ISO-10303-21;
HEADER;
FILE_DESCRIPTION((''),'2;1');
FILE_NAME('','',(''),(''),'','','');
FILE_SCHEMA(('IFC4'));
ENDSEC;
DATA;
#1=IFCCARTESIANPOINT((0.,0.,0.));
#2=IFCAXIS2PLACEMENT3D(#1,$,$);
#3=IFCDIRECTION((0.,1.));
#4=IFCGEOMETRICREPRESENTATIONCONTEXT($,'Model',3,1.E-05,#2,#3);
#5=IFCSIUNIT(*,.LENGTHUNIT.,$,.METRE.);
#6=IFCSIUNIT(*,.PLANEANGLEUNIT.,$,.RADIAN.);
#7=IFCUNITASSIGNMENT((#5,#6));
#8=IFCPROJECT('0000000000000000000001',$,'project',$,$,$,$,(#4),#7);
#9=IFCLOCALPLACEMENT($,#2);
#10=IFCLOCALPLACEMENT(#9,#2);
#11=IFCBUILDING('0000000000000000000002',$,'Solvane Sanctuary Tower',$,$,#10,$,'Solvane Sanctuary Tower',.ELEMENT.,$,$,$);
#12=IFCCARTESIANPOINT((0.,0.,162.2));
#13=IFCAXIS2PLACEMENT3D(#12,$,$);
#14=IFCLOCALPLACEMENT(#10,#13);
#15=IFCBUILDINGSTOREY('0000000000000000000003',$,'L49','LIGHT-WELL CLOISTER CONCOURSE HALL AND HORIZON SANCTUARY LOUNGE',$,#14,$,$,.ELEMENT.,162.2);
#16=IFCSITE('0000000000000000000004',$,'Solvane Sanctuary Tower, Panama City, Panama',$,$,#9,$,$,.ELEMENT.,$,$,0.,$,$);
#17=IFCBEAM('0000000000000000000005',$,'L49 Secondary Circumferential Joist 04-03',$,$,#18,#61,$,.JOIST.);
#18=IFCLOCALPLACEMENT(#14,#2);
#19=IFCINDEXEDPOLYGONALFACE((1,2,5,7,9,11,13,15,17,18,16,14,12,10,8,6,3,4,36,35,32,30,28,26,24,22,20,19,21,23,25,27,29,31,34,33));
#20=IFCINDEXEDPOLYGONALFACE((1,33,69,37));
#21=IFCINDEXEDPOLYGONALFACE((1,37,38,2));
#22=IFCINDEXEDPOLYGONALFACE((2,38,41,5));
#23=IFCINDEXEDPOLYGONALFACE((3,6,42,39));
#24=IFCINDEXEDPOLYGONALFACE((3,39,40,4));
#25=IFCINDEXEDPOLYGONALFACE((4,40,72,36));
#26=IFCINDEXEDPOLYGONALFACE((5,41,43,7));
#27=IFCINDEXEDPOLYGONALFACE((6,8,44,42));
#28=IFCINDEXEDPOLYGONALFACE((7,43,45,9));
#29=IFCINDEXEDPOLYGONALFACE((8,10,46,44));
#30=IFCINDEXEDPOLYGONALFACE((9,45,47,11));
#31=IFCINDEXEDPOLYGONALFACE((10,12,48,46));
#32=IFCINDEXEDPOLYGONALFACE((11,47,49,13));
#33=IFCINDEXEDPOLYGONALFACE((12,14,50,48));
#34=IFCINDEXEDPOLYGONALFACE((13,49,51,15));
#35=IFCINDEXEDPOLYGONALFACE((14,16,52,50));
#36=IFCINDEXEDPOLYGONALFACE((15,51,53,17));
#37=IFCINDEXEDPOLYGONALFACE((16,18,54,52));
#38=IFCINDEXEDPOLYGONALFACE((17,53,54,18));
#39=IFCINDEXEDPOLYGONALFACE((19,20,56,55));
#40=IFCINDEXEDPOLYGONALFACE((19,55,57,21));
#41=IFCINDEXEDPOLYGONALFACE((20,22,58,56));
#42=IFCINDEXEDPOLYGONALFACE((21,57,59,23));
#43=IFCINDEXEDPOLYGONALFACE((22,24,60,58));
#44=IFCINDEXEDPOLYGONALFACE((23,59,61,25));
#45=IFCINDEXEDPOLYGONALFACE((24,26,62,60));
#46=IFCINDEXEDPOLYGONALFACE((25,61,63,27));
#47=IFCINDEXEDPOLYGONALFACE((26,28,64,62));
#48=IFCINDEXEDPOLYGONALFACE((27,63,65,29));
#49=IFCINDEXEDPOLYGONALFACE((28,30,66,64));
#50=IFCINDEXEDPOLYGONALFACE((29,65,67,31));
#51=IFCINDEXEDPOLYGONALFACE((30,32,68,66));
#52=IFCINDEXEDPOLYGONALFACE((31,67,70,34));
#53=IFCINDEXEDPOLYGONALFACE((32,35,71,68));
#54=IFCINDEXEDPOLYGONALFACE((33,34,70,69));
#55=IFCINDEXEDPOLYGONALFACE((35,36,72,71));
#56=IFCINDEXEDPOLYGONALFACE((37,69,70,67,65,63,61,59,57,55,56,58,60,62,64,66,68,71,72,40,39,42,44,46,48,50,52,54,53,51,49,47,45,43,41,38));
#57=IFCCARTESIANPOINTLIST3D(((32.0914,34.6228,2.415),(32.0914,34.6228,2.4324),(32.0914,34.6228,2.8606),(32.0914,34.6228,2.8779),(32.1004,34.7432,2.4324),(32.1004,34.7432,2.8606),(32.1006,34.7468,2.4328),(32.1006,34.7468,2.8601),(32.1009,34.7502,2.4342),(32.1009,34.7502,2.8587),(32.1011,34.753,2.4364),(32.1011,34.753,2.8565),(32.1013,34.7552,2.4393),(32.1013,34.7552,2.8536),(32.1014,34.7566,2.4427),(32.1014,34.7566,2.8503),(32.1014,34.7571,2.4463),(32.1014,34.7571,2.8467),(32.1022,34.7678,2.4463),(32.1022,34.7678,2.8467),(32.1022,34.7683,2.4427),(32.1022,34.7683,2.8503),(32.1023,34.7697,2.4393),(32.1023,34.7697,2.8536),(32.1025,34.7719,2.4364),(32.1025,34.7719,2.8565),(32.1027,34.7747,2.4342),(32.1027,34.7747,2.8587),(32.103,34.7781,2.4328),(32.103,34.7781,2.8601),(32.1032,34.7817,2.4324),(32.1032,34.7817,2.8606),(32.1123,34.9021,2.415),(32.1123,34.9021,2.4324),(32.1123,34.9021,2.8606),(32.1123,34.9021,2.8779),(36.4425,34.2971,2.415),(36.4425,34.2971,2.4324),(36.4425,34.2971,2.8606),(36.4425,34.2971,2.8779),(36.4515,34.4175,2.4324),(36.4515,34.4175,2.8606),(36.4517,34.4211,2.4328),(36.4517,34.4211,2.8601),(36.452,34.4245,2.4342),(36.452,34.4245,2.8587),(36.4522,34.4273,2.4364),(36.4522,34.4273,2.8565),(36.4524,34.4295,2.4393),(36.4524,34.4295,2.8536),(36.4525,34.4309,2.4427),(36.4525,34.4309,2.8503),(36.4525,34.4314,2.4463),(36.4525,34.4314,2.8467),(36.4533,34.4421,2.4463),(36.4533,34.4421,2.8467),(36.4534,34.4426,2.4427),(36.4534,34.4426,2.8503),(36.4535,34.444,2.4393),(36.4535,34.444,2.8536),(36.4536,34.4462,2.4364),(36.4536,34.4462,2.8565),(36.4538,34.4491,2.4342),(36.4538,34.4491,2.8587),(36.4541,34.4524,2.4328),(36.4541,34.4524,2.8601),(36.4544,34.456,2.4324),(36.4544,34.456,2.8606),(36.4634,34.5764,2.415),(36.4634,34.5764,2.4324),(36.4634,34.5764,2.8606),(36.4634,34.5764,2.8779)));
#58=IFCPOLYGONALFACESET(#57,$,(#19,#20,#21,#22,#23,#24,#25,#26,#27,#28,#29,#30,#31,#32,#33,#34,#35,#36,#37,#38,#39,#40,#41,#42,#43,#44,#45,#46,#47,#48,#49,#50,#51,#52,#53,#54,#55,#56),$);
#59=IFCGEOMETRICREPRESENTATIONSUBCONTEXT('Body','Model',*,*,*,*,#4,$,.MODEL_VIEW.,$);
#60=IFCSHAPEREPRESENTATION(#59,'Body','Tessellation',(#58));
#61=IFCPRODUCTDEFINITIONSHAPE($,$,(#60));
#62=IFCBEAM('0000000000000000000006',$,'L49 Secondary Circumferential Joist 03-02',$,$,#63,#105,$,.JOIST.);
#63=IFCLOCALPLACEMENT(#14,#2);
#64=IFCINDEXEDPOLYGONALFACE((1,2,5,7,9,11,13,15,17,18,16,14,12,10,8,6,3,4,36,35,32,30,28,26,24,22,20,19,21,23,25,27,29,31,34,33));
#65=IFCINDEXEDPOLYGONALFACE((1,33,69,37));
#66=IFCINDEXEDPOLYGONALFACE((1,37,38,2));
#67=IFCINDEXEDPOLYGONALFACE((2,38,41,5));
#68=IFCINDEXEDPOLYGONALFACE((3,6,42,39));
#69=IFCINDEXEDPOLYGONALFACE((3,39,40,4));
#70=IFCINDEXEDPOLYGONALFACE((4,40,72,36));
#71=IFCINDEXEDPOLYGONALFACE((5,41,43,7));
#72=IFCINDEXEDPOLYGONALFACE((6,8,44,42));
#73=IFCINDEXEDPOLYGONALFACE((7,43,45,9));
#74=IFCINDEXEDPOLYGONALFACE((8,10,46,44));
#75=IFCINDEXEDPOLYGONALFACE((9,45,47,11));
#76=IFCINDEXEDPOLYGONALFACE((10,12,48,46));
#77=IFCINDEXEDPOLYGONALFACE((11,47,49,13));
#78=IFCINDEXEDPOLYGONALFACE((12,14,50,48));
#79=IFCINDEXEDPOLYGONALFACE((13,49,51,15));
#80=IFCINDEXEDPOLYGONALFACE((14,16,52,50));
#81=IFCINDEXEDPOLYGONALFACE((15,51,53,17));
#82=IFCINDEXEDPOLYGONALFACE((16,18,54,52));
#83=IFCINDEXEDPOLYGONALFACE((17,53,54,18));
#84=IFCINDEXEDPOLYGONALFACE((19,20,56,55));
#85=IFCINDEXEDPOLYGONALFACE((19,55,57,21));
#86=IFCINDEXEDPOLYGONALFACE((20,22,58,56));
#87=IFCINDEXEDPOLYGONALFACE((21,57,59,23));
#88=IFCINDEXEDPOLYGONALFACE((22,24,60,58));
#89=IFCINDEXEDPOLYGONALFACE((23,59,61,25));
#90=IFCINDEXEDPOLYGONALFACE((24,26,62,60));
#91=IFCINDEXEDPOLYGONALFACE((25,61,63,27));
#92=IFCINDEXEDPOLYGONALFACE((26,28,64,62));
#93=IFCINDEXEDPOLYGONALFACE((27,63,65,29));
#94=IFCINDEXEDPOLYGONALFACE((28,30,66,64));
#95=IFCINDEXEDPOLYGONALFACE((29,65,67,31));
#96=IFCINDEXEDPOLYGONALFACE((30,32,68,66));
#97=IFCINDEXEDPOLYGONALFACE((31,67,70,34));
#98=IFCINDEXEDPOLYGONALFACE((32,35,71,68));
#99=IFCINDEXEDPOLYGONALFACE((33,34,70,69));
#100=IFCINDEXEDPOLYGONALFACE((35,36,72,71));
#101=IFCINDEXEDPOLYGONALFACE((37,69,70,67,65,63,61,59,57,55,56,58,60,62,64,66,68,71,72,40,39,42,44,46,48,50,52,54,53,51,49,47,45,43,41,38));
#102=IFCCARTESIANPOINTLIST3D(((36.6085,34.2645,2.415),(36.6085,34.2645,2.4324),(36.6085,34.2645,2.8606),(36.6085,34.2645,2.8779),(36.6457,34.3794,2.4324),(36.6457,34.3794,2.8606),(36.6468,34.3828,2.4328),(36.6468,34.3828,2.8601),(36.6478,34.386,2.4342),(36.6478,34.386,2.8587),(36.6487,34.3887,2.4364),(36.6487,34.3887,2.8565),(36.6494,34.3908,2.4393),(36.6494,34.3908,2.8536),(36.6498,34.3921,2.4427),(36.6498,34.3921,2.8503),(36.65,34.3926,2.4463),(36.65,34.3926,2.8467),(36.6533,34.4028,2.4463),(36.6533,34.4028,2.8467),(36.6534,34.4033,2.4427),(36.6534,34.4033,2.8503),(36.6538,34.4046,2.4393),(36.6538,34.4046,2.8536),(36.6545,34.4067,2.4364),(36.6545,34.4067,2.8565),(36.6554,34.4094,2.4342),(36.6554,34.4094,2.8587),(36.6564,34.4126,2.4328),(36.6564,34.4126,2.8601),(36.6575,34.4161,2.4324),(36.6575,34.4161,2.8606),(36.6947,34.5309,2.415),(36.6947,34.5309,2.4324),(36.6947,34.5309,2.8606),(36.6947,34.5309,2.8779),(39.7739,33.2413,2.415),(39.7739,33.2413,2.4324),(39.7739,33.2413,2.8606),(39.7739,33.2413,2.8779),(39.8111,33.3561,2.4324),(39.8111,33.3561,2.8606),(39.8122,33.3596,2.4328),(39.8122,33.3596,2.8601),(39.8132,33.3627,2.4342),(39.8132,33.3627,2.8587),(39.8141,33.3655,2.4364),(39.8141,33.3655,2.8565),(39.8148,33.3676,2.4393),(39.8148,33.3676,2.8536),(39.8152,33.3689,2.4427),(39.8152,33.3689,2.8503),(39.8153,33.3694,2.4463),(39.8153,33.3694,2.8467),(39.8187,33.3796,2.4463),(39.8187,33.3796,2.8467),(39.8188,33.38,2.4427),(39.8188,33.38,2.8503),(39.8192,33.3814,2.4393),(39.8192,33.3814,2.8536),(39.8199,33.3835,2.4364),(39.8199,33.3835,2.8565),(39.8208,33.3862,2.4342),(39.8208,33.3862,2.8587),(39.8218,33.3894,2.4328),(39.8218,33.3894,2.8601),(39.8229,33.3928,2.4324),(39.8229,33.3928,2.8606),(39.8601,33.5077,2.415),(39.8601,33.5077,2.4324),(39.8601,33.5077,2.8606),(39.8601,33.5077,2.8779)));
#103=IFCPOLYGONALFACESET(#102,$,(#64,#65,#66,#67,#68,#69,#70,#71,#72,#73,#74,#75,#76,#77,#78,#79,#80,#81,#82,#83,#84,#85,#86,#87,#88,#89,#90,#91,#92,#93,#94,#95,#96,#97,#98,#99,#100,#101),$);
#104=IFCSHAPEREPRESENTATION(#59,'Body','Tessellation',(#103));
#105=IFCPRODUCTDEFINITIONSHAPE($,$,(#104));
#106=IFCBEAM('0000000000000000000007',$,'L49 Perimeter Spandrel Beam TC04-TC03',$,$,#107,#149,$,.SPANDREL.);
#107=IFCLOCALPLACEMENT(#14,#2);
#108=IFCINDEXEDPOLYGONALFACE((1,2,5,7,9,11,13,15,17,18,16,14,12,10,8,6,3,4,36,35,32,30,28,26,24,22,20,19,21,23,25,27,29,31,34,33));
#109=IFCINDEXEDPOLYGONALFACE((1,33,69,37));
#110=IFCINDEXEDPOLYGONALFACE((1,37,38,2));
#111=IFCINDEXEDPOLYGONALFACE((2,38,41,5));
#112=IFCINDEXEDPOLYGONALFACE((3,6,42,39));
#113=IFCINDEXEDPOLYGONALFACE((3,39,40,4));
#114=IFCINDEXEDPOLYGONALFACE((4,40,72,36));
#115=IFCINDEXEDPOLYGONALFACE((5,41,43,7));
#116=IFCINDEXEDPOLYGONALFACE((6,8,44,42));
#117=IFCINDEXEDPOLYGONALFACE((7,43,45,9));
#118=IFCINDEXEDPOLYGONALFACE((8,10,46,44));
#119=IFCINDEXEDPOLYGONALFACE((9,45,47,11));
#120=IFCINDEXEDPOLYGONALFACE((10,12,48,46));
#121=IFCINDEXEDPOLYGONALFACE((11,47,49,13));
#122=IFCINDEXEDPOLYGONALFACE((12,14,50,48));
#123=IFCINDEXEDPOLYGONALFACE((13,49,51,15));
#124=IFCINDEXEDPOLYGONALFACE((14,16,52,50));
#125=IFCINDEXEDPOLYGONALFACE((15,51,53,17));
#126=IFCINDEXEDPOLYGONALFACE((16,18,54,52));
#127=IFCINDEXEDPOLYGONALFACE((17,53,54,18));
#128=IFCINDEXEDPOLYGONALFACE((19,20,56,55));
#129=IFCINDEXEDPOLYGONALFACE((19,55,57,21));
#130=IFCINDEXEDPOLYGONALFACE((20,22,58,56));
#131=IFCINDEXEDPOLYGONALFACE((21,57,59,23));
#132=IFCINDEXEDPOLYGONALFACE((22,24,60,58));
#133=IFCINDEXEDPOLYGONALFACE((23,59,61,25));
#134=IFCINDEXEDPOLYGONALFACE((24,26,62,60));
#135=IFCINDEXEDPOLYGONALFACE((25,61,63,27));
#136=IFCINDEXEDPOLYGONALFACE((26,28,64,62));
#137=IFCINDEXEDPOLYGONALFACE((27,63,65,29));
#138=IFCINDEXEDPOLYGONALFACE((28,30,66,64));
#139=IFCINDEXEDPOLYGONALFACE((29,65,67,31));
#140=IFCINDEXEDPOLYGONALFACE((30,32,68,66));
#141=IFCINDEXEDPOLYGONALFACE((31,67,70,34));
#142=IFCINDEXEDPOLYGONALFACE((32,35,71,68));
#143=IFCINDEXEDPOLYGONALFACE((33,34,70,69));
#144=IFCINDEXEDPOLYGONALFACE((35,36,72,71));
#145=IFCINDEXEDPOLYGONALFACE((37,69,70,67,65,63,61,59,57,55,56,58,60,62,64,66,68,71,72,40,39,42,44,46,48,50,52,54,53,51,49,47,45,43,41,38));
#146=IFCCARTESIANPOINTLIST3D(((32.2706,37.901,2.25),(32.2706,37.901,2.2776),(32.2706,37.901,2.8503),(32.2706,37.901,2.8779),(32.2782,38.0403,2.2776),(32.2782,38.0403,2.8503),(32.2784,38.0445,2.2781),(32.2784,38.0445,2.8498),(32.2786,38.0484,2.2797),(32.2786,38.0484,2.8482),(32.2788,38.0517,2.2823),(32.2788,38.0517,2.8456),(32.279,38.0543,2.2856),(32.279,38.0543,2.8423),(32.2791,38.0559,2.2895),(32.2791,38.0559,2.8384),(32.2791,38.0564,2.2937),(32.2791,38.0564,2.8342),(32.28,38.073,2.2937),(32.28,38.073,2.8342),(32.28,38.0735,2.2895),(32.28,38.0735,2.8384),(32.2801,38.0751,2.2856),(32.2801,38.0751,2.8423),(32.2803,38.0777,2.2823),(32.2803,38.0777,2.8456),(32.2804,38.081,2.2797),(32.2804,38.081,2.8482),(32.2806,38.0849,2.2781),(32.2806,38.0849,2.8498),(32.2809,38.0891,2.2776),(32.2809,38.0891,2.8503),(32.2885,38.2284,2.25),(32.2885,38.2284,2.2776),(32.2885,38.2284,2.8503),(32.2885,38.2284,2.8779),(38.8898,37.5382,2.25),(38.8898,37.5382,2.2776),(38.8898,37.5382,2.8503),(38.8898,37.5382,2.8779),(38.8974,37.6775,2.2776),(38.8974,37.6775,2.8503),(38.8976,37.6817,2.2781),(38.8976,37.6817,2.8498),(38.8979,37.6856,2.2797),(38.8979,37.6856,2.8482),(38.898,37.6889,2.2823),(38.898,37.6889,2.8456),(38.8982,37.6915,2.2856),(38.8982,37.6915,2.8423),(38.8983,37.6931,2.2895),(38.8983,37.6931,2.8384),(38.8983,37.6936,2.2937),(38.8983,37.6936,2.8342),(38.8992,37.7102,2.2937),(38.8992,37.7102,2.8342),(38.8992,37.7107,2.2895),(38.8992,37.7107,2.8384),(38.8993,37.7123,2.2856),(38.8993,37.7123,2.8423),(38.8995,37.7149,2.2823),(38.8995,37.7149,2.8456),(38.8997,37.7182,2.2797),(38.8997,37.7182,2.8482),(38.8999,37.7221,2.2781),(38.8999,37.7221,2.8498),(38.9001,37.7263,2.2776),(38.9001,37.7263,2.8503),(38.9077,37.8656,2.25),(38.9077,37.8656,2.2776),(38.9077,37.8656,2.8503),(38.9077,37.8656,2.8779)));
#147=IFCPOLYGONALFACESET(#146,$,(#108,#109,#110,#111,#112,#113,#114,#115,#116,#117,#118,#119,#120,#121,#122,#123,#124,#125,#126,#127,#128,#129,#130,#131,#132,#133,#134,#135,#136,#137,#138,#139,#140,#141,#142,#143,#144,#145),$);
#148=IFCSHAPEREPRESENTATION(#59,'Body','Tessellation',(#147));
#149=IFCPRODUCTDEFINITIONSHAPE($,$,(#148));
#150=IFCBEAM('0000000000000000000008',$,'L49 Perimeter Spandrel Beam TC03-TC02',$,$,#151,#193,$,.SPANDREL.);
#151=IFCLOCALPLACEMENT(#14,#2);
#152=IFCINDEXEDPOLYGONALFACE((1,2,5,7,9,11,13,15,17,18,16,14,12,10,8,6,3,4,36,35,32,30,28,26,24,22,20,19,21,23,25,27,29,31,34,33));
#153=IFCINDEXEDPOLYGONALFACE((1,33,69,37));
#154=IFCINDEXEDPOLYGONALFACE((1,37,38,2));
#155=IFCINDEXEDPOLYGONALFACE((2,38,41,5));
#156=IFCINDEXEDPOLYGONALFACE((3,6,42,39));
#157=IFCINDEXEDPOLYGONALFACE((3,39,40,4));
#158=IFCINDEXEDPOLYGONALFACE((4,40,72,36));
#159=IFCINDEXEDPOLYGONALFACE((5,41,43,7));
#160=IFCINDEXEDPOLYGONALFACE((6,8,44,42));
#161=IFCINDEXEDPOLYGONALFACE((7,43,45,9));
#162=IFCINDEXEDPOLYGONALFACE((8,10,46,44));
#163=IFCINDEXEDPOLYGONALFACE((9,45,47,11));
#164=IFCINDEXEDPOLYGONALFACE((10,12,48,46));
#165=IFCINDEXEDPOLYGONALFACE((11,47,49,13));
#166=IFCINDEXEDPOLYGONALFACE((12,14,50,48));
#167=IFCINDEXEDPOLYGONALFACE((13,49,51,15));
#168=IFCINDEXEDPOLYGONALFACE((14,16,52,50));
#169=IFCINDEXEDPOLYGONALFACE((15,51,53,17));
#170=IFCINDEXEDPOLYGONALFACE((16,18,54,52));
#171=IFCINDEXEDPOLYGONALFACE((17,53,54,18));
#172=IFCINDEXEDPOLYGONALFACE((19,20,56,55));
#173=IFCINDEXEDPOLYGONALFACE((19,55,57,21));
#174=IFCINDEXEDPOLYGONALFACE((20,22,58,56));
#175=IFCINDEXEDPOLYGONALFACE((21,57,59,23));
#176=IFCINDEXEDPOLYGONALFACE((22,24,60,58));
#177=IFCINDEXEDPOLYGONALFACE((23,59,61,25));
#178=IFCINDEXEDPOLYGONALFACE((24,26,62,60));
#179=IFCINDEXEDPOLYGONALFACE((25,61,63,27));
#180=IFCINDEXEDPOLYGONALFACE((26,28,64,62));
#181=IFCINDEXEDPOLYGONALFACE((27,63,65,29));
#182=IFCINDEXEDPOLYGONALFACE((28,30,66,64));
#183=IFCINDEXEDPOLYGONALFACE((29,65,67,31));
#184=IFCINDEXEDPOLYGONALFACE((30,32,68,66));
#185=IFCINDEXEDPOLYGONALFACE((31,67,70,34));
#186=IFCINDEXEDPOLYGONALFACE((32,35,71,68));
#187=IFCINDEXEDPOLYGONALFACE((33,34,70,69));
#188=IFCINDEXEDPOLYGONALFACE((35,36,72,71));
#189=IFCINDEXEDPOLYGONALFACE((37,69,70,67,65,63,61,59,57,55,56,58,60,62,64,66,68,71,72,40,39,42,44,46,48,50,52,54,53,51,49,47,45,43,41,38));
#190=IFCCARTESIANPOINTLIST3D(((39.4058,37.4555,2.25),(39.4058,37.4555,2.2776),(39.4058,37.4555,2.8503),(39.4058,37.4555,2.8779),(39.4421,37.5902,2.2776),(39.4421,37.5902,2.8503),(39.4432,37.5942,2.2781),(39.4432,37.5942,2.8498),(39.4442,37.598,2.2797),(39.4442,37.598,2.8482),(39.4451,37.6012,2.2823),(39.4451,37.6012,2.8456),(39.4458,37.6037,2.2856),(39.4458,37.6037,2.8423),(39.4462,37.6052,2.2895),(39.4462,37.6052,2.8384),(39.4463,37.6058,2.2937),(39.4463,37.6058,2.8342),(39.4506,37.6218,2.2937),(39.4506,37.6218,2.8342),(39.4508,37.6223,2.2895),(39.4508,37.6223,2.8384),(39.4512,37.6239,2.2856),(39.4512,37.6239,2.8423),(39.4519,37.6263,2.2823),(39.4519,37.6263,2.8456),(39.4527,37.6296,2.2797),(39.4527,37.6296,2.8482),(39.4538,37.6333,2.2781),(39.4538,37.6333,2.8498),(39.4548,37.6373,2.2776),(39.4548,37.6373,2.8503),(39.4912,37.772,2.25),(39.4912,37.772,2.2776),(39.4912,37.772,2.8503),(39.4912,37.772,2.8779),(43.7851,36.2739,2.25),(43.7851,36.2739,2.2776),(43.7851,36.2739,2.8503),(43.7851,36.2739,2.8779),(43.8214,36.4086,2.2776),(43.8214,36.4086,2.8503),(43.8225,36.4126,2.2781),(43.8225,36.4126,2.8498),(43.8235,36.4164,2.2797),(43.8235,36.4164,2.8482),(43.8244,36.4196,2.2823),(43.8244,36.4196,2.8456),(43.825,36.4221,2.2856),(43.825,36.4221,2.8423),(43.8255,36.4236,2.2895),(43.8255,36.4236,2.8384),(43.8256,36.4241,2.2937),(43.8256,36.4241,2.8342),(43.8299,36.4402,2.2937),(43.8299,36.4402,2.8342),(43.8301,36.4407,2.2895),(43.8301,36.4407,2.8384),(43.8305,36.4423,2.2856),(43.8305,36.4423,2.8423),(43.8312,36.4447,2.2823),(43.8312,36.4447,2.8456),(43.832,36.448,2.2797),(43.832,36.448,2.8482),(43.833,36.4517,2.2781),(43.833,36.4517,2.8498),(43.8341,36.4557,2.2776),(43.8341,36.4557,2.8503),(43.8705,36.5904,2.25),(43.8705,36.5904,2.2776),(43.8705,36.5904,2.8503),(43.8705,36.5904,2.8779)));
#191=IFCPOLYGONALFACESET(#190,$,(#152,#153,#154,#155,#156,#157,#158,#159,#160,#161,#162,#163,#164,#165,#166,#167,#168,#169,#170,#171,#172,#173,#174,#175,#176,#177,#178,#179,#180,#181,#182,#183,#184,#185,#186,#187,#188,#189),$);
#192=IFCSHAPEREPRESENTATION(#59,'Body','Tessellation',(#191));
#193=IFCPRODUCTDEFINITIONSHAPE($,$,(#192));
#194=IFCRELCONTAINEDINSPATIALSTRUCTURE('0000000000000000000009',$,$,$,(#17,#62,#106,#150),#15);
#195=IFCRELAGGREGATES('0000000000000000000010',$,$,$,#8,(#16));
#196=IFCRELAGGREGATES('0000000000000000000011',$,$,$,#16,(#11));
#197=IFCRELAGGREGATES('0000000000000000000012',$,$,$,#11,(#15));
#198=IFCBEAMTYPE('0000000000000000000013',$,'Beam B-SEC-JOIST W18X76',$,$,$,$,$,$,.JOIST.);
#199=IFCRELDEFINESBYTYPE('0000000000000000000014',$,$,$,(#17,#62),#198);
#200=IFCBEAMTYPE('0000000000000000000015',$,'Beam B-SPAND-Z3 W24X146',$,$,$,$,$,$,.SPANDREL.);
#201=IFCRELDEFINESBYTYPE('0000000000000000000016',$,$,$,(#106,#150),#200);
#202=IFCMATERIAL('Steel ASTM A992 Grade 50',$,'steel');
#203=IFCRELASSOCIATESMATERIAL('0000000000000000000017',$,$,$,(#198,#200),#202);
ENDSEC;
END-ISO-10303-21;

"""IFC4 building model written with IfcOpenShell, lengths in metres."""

from ifc_helpers import new_model, si_unit, direction, frame, origin, origin_2d, place, context, subcontext, project, spatial, i_section, extrude, material, material_profile, profile_set, type_object, element, save


model = new_model("IFC4")

# Units and contexts
model_context = context("Model", 3, precision=1e-05, world=origin(), true_north=direction((0.0, 1.0)))
body_context = subcontext(model_context, "Body", "Model", "MODEL_VIEW")
ifc_project = project(units=[si_unit("LENGTHUNIT", "METRE"), si_unit("PLANEANGLEUNIT", "RADIAN")], contexts=[model_context])

# Site, building, storey
site_placement = place(None, origin())
site = spatial("IfcSite", under=ifc_project, at=site_placement, Name="Solvane Sanctuary Tower, Panama City, Panama", CompositionType="ELEMENT", RefElevation=0.0)
building_placement = place(site_placement, origin())
building = spatial("IfcBuilding", under=site, at=building_placement, Name="Solvane Sanctuary Tower", LongName="Solvane Sanctuary Tower", CompositionType="ELEMENT")
storey_placement = place(building_placement, frame((0.0, 0.0, 162.2)))
storey = spatial("IfcBuildingStorey", under=building, at=storey_placement, Name="L49", Description="LIGHT-WELL CLOISTER CONCOURSE HALL AND HORIZON SANCTUARY LOUNGE", CompositionType="ELEMENT", Elevation=162.2)

# Beams
ifc_material_1 = material(Name="Steel ASTM A992 Grade 50", Category="steel")
ifc_material_profile_1 = material_profile(ifc_material_1, i_section(OverallWidth=0.28, OverallDepth=0.4629, WebThickness=0.0107, FlangeThickness=0.0173, FilletRadius=0.0139, at=origin_2d()), Name="W18X76")
ifc_profile_set_1 = profile_set([ifc_material_profile_1], Name="Steel ASTM A992 Grade 50")
beam_type_1 = type_object("IfcBeamType", Name="Beam B-SEC-JOIST W18X76", PredefinedType="JOIST", material=ifc_profile_set_1)
beam_1_placement = place(storey_placement, frame((32.1018, 34.7625, 2.6465), z_axis=(0.99721, -0.074642, 0.0), x_axis=(0.074642, 0.99721, 0.0)))
element("IfcBeam", 1, at=beam_1_placement, inside=storey, type_object=beam_type_1, Name="L49 Secondary Circumferential Joist 04-03", PredefinedType="JOIST", context=body_context, shape_type="SweptSolid", body=[
    extrude(i_section(OverallWidth=0.28, OverallDepth=0.4629, WebThickness=0.0107, FlangeThickness=0.0173, FilletRadius=0.0139, at=origin_2d()), origin(), (0.0, 0.0, 1.0), 4.3633),
])
beam_2_placement = place(storey_placement, frame((36.6516, 34.3977, 2.6465), z_axis=(0.951521, -0.307584, 0.0), x_axis=(0.307584, 0.951521, 0.0)))
element("IfcBeam", 2, at=beam_2_placement, inside=storey, type_object=beam_type_1, Name="L49 Secondary Circumferential Joist 03-02", PredefinedType="JOIST", context=body_context, shape_type="SweptSolid", body=[
    extrude(i_section(OverallWidth=0.28, OverallDepth=0.4629, WebThickness=0.0107, FlangeThickness=0.0173, FilletRadius=0.0139, at=origin_2d()), origin(), (0.0, 0.0, 1.0), 3.3267),
])
ifc_material_profile_2 = material_profile(ifc_material_1, i_section(OverallWidth=0.3279, OverallDepth=0.6279, WebThickness=0.0166, FlangeThickness=0.0276, FilletRadius=0.0161, at=origin_2d()), Name="W24X146")
ifc_profile_set_2 = profile_set([ifc_material_profile_2], Name="Steel ASTM A992 Grade 50")
beam_type_2 = type_object("IfcBeamType", Name="Beam B-SPAND-Z3 W24X146", PredefinedType="SPANDREL", material=ifc_profile_set_2)
beam_3_placement = place(storey_placement, frame((32.2795, 38.0647, 2.564), z_axis=(0.998501, -0.054728, 0.0), x_axis=(0.054728, 0.998501, 0.0)))
element("IfcBeam", 3, at=beam_3_placement, inside=storey, type_object=beam_type_2, Name="L49 Perimeter Spandrel Beam TC04-TC03", PredefinedType="SPANDREL", context=body_context, shape_type="SweptSolid", body=[
    extrude(i_section(OverallWidth=0.3279, OverallDepth=0.6279, WebThickness=0.0166, FlangeThickness=0.0276, FilletRadius=0.0161, at=origin_2d()), origin(), (0.0, 0.0, 1.0), 6.6292),
])
beam_4_placement = place(storey_placement, frame((39.4485, 37.6138, 2.564), z_axis=(0.965473, -0.260502, 0.0), x_axis=(0.260502, 0.965473, 0.0)))
element("IfcBeam", 4, at=beam_4_placement, inside=storey, type_object=beam_type_2, Name="L49 Perimeter Spandrel Beam TC03-TC02", PredefinedType="SPANDREL", context=body_context, shape_type="SweptSolid", body=[
    extrude(i_section(OverallWidth=0.3279, OverallDepth=0.6279, WebThickness=0.0166, FlangeThickness=0.0276, FilletRadius=0.0161, at=origin_2d()), origin(), (0.0, 0.0, 1.0), 4.5359),
])

save(model, "model.ifc")
